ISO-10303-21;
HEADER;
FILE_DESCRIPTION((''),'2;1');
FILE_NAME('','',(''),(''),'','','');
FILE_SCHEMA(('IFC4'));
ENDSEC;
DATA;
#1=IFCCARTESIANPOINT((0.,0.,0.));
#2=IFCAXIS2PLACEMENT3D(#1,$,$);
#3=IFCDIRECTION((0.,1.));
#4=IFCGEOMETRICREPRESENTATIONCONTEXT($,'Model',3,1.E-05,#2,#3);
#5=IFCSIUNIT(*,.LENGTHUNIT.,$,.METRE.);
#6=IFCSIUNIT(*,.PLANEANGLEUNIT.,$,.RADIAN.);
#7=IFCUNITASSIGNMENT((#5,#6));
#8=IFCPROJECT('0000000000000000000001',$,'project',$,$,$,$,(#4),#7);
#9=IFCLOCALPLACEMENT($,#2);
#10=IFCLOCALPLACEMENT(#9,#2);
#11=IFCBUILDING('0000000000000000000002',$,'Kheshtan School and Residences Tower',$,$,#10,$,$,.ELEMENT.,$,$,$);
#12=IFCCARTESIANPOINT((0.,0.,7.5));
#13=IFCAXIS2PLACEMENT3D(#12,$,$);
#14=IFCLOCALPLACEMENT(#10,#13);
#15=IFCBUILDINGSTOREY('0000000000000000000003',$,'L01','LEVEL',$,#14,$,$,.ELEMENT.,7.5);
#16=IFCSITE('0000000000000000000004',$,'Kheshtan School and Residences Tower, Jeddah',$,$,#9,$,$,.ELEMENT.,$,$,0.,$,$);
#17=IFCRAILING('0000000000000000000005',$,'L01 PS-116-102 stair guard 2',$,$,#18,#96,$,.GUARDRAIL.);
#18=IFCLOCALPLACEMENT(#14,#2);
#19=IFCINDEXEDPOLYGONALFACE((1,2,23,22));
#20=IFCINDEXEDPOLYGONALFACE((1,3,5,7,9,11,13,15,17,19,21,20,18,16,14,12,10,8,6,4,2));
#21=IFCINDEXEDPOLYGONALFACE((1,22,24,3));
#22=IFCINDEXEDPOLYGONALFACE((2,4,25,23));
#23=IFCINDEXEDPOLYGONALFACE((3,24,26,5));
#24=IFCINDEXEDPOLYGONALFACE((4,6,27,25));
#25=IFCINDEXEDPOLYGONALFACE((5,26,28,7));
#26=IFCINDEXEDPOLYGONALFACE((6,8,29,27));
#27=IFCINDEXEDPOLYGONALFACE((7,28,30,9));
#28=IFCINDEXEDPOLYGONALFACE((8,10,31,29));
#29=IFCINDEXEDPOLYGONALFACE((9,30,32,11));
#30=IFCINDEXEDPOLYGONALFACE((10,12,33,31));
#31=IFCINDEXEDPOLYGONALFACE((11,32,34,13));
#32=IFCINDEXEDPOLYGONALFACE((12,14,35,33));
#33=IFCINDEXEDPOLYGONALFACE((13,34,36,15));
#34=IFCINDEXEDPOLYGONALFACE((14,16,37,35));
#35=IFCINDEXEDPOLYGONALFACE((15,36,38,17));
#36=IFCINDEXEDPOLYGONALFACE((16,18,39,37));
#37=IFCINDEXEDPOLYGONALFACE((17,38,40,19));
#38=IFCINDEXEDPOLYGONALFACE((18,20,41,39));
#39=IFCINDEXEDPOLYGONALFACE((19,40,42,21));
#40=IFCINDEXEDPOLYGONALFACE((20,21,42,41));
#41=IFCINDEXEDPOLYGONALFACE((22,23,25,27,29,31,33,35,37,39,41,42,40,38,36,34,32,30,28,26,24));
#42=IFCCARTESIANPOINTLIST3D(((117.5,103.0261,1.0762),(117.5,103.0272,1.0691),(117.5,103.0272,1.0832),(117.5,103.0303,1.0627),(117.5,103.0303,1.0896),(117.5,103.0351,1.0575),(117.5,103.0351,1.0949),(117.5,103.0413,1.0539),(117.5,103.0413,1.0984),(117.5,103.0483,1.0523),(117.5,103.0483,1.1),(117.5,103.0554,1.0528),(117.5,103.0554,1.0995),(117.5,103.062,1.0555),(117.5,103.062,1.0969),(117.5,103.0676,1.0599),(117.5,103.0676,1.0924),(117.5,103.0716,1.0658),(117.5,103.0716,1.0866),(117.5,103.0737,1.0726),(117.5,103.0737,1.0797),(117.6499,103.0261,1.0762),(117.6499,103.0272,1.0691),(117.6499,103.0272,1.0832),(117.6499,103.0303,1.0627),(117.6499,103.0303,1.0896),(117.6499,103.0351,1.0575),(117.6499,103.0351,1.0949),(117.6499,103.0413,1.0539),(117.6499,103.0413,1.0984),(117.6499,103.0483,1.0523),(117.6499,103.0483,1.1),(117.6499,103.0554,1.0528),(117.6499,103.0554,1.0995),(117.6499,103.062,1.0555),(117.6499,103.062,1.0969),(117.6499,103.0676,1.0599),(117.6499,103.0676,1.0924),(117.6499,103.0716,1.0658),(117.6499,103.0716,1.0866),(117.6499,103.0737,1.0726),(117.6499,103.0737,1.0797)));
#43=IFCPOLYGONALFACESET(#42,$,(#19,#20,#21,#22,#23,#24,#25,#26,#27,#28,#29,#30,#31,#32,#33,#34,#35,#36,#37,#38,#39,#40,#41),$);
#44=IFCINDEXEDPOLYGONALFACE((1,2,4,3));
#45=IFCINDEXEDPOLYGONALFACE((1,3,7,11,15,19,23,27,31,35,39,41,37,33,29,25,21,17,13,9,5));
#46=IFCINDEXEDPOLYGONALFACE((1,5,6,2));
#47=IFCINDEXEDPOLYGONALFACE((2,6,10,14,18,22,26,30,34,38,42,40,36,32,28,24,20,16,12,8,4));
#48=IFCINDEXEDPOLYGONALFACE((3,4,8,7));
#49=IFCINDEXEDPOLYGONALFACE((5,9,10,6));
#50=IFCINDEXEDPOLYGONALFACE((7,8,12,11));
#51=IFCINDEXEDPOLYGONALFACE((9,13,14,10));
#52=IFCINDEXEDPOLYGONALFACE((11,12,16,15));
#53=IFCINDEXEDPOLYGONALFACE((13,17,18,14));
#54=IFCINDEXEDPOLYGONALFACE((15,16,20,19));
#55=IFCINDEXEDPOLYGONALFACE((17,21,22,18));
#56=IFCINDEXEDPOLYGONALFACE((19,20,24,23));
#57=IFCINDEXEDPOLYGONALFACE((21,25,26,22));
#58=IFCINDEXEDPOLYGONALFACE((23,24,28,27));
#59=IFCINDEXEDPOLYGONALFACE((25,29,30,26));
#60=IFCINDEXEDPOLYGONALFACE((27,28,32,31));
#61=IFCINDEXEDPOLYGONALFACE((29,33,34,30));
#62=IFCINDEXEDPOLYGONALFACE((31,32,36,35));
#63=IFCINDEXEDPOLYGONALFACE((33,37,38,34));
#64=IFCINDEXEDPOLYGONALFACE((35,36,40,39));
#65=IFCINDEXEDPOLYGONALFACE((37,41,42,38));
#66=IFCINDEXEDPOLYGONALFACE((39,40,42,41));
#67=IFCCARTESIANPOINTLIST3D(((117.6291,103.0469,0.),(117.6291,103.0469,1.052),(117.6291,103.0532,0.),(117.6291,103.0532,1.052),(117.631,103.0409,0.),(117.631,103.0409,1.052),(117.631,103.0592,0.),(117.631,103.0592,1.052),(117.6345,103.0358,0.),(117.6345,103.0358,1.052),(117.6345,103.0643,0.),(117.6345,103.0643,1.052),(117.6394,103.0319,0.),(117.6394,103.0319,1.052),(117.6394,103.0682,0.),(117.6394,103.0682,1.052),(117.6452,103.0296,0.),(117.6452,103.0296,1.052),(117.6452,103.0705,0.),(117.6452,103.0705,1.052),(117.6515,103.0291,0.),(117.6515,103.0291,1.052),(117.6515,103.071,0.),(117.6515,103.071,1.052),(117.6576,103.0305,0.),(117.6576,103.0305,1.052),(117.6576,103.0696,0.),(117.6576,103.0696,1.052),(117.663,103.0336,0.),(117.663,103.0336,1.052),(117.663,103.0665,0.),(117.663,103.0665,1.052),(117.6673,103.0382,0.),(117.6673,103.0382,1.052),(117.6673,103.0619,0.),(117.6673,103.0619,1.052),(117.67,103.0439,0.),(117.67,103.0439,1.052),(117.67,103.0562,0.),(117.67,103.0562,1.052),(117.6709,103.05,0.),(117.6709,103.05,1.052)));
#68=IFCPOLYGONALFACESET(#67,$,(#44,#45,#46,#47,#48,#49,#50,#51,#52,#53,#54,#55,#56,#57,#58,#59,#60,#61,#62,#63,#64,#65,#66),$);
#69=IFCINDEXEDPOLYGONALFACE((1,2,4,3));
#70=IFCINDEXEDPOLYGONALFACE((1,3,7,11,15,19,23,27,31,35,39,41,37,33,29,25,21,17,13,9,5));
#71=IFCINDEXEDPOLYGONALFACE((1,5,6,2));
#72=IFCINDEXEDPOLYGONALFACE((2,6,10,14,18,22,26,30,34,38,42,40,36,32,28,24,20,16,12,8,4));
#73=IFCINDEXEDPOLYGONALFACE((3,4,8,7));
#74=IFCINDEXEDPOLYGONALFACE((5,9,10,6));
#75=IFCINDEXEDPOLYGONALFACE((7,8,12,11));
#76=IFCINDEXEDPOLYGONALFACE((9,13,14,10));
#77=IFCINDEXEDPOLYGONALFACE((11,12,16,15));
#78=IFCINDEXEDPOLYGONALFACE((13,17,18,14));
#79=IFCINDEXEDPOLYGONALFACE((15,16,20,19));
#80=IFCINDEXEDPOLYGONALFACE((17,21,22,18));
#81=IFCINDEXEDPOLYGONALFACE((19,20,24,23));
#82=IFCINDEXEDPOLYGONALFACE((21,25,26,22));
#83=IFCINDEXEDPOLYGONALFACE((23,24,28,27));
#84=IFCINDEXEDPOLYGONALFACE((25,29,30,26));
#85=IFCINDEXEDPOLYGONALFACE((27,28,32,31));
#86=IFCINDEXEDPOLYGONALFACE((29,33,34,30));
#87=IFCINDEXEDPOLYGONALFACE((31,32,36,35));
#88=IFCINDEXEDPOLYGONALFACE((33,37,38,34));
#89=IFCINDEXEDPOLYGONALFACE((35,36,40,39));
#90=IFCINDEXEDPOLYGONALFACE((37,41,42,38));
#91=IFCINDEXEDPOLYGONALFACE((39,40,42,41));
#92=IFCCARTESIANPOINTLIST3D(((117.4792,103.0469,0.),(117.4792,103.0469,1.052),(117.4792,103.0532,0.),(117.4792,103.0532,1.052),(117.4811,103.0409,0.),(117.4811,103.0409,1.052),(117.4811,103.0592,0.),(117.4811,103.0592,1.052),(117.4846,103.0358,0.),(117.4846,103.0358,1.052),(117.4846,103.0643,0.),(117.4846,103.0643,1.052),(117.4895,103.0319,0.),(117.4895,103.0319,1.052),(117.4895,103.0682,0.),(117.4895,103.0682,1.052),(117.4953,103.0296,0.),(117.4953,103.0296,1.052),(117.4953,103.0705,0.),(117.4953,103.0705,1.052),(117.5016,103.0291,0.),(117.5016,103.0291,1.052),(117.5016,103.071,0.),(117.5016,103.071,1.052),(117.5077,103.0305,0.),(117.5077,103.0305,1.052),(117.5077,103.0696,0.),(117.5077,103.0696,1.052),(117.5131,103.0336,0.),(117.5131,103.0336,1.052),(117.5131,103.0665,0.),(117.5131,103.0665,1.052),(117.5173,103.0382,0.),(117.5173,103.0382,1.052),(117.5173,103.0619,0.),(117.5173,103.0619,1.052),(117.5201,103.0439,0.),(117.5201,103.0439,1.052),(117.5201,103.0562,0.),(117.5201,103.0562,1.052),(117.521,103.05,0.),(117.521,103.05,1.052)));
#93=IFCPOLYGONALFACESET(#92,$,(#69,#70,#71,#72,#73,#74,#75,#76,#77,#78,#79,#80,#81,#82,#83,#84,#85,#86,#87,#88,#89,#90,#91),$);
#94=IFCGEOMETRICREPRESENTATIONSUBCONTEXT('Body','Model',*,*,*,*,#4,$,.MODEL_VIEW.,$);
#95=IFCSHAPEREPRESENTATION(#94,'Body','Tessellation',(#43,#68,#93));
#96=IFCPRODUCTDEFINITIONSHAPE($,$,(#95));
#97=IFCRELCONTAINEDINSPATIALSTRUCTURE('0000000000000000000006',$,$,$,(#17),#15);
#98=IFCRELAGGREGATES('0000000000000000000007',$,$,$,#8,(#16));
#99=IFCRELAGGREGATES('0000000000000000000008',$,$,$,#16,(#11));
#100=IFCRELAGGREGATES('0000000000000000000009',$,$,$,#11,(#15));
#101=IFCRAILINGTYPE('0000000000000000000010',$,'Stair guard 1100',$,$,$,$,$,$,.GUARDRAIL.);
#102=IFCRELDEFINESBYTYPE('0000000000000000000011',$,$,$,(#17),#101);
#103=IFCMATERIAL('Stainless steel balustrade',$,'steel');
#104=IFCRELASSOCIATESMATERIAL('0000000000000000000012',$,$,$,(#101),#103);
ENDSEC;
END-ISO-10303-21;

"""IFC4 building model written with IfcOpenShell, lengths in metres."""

from ifc_helpers import new_model, si_unit, direction, frame, origin, origin_2d, place, context, subcontext, project, spatial, circle, extrude, material, type_object, element, save


model = new_model("IFC4")

# Units and contexts
model_context = context("Model", 3, precision=1e-05, world=origin(), true_north=direction((0.0, 1.0)))
body_context = subcontext(model_context, "Body", "Model", "MODEL_VIEW")
ifc_project = project(units=[si_unit("LENGTHUNIT", "METRE"), si_unit("PLANEANGLEUNIT", "RADIAN")], contexts=[model_context])

# Site, building, storey
site_placement = place(None, origin())
site = spatial("IfcSite", under=ifc_project, at=site_placement, Name="Kheshtan School and Residences Tower, Jeddah", CompositionType="ELEMENT", RefElevation=0.0)
building_placement = place(site_placement, origin())
building = spatial("IfcBuilding", under=site, at=building_placement, Name="Kheshtan School and Residences Tower", CompositionType="ELEMENT")
storey_placement = place(building_placement, frame((0.0, 0.0, 7.5)))
storey = spatial("IfcBuildingStorey", under=building, at=storey_placement, Name="L01", Description="LEVEL", CompositionType="ELEMENT", Elevation=7.5)

# Railing
ifc_material_1 = material(Name="Stainless steel balustrade", Category="steel")
railing_type_1 = type_object("IfcRailingType", Name="Stair guard 1100", PredefinedType="GUARDRAIL", material=ifc_material_1)
railing_1_placement = place(storey_placement, frame((117.6499, 103.05, 0.0)))
element("IfcRailing", 1, at=railing_1_placement, inside=storey, type_object=railing_type_1, Name="L01 PS-116-102 stair guard 2", PredefinedType="GUARDRAIL", context=body_context, shape_type="SweptSolid", body=[
    extrude(circle(Radius=0.0239, at=origin_2d()), frame((0.0, 0.0, 1.0762), z_axis=(-1.0, 0.0, 0.0), x_axis=(0.0, -1.0, 0.0)), (0.0, 0.0, 1.0), 0.1499),
    extrude(circle(Radius=0.021, at=origin_2d()), origin(), (0.0, 0.0, 1.0), 1.052),
    extrude(circle(Radius=0.021, at=origin_2d()), frame((-0.1499, 0.0, 0.0)), (0.0, 0.0, 1.0), 1.052),
])

save(model, "model.ifc")
